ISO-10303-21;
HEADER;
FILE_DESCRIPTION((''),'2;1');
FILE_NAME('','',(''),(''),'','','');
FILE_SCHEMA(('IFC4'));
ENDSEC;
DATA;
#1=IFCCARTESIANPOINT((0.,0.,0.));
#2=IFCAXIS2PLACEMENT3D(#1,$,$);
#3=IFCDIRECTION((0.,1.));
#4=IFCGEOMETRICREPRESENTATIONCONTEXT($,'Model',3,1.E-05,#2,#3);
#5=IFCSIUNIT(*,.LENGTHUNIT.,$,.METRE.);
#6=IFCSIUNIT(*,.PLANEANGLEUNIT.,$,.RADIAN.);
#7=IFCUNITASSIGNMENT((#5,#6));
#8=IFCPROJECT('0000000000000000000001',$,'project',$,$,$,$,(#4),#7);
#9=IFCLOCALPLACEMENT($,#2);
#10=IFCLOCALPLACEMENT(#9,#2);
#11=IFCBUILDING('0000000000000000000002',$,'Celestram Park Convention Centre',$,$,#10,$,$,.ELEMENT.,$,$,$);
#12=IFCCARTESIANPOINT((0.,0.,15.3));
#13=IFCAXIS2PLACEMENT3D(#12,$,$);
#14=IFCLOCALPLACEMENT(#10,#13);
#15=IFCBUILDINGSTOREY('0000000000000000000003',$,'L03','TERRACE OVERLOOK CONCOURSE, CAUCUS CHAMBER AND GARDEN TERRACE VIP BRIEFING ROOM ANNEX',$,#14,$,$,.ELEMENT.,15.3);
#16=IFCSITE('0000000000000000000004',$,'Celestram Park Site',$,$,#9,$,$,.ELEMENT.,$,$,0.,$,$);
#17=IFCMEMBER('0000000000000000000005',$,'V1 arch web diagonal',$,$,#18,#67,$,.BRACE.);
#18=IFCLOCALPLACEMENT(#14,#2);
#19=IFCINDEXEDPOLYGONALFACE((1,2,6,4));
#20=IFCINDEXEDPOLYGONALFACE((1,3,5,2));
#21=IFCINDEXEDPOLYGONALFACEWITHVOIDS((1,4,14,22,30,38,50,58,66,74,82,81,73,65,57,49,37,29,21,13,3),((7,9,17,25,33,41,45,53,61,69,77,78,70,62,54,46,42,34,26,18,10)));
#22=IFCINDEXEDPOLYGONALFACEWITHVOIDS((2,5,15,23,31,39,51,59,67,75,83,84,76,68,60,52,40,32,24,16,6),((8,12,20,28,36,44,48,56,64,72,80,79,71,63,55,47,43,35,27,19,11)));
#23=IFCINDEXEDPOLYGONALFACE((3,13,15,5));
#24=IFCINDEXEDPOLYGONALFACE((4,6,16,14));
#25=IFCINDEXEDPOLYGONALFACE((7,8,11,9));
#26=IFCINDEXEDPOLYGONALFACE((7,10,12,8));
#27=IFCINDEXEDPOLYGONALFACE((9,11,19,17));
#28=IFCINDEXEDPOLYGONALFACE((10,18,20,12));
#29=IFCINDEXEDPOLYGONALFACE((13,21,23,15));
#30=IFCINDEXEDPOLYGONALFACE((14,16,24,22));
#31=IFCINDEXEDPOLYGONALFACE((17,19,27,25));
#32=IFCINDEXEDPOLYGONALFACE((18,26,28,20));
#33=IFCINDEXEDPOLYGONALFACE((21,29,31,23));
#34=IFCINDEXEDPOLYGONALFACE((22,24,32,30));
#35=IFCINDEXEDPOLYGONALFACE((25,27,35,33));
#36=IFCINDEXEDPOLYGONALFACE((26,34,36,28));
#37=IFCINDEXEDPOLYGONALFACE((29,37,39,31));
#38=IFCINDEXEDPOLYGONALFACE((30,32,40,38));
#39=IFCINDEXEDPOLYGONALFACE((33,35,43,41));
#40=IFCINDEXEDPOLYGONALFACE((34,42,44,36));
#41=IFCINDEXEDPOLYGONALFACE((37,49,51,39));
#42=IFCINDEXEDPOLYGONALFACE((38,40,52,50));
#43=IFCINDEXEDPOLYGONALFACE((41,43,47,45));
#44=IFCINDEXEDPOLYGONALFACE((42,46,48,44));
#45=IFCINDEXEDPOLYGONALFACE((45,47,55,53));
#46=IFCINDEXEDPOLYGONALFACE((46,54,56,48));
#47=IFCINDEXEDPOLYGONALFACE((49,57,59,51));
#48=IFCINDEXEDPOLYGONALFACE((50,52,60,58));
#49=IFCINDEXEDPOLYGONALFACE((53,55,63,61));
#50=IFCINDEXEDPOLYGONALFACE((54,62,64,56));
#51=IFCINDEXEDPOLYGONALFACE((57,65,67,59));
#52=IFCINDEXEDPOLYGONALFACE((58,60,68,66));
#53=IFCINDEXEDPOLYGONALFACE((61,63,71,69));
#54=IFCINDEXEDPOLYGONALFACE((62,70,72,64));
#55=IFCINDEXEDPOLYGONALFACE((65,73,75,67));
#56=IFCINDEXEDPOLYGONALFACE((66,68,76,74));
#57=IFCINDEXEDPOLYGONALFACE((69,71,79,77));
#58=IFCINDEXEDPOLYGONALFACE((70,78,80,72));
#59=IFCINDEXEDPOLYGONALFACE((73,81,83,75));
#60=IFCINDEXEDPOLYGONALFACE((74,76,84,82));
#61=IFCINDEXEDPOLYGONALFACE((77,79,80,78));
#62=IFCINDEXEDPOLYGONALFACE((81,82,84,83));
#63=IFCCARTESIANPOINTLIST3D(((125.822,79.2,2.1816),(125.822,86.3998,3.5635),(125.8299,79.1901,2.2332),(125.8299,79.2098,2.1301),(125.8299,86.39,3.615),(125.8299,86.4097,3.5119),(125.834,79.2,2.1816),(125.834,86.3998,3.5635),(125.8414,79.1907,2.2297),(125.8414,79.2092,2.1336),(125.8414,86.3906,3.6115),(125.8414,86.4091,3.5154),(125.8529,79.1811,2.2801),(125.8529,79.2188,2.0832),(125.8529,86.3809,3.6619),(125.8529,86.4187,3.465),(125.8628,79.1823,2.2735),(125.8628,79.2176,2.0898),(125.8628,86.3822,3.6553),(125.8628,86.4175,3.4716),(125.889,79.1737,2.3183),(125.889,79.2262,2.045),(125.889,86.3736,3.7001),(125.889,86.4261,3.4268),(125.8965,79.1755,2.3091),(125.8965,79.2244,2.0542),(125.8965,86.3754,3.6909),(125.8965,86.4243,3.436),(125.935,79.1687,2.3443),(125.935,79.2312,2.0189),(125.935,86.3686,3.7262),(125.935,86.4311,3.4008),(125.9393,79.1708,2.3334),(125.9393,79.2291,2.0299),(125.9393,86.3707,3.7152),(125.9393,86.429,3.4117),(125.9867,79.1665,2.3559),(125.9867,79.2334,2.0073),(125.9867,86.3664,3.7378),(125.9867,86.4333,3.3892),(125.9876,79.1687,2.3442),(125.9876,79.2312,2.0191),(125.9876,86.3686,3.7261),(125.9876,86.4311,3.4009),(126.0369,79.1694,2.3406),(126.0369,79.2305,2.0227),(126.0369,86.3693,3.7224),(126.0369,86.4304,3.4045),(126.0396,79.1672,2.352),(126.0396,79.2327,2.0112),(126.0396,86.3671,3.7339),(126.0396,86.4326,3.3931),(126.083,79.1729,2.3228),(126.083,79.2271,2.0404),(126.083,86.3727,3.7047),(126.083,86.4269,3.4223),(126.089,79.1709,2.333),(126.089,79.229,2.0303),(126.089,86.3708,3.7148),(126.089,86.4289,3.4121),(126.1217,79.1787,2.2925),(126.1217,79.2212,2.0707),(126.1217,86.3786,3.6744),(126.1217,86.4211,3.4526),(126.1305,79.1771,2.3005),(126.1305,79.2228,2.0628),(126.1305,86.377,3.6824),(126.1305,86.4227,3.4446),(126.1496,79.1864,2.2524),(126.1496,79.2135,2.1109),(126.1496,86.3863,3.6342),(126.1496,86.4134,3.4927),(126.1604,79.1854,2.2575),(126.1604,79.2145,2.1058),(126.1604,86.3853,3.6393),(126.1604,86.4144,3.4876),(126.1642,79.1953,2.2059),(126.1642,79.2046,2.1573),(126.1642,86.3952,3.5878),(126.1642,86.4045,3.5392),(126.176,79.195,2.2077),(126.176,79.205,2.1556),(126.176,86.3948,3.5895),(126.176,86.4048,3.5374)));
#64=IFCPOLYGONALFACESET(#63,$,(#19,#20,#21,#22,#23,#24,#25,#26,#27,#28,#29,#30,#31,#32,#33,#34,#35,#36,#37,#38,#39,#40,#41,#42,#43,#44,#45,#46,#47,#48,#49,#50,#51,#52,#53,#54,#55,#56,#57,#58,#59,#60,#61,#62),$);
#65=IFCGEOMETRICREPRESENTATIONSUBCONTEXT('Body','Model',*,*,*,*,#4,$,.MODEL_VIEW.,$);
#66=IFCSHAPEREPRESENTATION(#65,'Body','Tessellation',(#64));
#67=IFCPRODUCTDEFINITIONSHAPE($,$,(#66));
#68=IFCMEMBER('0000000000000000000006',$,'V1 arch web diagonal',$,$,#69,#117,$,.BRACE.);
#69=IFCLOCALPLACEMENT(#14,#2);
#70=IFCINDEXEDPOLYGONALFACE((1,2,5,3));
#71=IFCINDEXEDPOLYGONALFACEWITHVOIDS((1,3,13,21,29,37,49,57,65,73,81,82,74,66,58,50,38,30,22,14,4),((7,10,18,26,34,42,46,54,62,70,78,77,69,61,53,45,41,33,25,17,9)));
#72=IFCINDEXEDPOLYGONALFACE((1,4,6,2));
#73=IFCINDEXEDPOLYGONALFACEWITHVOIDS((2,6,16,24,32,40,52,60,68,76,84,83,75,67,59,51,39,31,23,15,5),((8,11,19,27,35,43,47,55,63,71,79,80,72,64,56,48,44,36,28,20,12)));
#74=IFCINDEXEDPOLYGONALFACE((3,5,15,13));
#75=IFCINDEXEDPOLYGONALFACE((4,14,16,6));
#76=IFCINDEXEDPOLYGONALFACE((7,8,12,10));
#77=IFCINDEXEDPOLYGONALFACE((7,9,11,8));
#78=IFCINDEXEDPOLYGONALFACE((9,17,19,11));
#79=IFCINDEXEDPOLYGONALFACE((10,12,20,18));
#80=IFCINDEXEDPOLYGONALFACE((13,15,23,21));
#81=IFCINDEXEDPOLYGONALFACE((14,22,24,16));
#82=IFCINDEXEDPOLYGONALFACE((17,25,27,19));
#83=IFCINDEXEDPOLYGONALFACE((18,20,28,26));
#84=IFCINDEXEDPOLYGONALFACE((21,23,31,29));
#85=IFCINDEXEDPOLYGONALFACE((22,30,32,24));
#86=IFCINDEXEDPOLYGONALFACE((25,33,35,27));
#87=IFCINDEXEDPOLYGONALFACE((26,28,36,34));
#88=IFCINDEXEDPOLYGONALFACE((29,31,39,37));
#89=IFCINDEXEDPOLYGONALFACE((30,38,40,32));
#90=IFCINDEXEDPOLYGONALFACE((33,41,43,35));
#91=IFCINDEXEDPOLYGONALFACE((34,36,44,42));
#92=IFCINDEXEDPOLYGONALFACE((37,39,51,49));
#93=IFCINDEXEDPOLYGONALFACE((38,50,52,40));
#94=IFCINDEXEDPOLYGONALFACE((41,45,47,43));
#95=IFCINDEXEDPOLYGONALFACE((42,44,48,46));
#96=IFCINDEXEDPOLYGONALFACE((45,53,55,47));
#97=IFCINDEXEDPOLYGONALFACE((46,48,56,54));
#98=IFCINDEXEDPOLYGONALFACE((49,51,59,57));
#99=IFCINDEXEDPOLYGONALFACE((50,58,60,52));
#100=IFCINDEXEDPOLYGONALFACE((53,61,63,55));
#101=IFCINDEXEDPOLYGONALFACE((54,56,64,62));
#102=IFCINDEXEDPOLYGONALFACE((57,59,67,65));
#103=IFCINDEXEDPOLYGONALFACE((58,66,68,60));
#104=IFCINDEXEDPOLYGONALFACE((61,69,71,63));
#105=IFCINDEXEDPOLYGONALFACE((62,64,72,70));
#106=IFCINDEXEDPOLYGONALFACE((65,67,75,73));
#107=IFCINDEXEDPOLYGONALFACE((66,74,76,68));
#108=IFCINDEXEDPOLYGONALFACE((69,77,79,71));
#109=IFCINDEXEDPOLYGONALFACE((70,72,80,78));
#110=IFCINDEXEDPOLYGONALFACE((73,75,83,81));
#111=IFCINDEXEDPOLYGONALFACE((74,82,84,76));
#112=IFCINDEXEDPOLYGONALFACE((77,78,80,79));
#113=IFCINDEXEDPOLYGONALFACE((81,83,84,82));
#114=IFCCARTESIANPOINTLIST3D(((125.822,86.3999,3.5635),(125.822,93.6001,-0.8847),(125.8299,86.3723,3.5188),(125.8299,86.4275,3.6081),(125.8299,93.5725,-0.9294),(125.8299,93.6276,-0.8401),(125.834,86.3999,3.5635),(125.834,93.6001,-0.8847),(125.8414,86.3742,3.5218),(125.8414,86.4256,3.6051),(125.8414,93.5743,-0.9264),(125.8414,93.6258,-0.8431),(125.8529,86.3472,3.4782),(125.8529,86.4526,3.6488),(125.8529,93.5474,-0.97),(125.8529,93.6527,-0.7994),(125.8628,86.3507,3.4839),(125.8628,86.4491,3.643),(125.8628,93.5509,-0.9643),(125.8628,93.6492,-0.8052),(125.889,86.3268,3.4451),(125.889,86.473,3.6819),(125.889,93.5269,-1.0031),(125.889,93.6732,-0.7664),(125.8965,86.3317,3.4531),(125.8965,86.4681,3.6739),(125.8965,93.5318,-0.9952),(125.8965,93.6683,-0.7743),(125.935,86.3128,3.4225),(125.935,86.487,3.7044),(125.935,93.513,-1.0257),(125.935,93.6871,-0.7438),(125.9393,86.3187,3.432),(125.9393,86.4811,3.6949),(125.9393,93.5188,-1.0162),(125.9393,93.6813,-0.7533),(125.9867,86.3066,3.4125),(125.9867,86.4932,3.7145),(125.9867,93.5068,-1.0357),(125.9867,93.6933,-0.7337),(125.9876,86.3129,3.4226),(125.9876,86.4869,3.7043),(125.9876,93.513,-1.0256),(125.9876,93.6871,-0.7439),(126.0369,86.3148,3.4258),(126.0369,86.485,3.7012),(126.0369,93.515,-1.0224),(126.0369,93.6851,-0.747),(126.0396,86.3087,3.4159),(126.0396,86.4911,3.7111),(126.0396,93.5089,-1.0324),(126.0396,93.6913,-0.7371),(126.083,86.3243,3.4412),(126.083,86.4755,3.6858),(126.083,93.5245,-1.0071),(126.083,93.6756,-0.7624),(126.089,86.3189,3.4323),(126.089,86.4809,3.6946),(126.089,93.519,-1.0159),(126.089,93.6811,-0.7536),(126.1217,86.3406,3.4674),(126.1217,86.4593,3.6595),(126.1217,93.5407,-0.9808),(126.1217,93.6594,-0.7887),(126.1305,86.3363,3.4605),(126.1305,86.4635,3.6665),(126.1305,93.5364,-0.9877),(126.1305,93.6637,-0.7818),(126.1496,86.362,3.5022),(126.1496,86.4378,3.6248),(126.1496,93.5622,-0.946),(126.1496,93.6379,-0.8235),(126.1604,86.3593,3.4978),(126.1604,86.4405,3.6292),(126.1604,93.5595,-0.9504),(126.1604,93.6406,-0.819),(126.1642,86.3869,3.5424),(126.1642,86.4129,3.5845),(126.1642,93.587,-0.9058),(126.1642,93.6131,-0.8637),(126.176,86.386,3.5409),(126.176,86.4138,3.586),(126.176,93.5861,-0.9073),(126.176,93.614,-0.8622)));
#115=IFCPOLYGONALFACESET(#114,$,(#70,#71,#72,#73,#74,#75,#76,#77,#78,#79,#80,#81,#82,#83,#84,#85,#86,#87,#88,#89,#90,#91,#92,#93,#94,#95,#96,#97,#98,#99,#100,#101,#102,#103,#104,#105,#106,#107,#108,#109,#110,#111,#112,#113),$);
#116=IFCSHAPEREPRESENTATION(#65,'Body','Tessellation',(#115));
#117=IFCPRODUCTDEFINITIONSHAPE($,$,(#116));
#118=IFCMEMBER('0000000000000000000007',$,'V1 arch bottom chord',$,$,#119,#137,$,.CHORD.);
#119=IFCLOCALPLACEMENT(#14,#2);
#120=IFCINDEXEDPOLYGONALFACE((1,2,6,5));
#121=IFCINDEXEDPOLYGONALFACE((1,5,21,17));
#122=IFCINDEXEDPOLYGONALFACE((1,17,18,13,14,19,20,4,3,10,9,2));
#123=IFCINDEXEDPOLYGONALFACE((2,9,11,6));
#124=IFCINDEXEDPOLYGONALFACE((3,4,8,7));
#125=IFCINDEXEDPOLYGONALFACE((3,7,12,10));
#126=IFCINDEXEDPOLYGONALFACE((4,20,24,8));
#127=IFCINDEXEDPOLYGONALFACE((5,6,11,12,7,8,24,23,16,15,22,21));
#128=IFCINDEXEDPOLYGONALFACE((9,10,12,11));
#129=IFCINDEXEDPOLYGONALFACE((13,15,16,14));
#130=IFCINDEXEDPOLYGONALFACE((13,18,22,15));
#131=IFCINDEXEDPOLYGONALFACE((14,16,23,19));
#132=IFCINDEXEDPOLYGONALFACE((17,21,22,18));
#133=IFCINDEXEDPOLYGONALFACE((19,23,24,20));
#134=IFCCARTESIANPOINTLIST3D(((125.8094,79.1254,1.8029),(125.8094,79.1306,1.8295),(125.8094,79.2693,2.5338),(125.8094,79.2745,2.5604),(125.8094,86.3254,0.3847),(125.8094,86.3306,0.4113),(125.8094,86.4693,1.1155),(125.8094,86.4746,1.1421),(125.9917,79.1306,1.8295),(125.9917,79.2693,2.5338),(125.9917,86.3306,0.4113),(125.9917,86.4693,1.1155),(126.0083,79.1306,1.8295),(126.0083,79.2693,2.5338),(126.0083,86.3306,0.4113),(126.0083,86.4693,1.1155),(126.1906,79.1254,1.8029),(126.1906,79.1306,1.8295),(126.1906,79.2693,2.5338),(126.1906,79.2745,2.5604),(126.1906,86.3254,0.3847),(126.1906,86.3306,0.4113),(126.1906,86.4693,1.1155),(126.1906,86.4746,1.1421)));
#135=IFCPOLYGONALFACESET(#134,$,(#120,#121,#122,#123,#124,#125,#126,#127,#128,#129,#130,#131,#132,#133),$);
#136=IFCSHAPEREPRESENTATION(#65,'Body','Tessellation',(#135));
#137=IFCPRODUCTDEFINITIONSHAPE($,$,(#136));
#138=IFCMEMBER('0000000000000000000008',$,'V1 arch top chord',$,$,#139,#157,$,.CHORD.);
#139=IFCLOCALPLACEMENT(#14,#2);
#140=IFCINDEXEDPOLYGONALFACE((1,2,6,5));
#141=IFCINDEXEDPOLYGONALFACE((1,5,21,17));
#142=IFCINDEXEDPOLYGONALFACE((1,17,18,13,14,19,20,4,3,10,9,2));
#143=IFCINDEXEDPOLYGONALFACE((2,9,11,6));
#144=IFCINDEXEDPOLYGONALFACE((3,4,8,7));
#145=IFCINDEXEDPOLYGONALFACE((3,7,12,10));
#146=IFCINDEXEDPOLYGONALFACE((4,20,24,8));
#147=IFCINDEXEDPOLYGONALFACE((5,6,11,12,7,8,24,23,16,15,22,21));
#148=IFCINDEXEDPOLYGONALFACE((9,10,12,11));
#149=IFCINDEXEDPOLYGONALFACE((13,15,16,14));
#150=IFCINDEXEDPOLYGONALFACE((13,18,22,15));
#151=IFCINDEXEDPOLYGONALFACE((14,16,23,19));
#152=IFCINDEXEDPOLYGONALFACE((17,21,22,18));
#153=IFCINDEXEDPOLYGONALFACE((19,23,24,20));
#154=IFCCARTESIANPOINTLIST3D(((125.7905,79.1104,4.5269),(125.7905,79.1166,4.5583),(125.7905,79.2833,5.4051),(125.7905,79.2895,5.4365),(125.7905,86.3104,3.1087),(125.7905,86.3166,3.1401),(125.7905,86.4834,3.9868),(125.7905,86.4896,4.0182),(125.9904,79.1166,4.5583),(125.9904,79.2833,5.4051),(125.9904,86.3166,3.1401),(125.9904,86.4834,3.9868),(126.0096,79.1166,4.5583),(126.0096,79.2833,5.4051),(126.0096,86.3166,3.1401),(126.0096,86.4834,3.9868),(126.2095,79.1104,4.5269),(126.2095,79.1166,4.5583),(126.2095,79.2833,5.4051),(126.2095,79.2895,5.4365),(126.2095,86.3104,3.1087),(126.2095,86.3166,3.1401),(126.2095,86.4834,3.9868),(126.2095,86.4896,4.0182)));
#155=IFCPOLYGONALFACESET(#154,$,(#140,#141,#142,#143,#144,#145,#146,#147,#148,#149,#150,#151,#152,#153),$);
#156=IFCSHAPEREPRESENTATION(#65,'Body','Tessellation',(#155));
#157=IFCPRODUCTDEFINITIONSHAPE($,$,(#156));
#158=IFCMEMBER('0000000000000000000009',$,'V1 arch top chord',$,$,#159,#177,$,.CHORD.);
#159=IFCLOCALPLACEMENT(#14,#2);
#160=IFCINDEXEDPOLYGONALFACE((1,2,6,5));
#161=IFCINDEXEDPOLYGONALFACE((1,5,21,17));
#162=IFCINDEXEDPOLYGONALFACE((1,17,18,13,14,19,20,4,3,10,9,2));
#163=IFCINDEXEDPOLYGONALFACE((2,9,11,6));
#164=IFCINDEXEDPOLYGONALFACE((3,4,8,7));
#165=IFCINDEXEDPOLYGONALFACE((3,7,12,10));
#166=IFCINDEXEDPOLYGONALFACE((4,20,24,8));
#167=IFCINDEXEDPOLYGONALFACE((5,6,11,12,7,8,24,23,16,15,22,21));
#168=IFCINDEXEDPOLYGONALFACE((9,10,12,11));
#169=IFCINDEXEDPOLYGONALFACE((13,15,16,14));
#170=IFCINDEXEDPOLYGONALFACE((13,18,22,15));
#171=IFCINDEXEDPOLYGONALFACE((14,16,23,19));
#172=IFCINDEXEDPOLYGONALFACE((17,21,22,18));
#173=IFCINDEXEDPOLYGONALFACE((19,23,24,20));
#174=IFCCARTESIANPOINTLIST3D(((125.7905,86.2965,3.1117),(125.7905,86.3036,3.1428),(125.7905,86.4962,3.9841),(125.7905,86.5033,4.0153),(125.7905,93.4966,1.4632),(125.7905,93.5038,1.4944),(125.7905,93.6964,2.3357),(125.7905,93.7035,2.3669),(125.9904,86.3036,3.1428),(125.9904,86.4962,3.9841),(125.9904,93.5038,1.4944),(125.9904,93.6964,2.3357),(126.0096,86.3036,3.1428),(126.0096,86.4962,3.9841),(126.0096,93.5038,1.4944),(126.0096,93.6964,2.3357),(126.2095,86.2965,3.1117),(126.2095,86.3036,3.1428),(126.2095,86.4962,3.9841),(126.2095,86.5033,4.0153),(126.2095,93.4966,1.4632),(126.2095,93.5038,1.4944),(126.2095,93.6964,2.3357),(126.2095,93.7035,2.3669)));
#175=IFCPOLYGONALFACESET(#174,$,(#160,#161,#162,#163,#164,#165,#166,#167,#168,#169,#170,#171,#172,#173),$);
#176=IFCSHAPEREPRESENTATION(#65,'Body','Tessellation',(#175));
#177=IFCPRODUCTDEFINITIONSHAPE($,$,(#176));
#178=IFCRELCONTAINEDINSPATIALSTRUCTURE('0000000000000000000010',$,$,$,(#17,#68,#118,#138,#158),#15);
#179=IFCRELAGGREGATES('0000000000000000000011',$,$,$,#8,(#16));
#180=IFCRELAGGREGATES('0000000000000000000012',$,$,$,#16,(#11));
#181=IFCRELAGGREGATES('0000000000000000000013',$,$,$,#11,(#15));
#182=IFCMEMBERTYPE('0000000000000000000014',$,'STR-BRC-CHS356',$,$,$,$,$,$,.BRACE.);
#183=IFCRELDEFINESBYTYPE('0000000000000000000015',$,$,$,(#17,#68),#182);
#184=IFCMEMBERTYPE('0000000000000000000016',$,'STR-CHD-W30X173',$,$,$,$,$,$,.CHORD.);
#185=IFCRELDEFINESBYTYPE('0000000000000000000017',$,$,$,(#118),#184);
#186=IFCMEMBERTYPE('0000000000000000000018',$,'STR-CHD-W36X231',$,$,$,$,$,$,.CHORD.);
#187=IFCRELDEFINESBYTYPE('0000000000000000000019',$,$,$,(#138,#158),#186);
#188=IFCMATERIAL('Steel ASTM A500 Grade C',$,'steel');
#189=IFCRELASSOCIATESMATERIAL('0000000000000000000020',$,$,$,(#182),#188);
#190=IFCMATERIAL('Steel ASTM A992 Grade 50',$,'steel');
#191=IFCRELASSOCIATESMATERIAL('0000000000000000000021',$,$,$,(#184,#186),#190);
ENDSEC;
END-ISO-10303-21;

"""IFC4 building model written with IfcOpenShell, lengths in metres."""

from ifc_helpers import new_model, si_unit, direction, frame, origin, origin_2d, place, context, subcontext, project, spatial, hollow_circle, i_section, extrude, material, material_profile, profile_set, type_object, element, save


model = new_model("IFC4")

# Units and contexts
model_context = context("Model", 3, precision=1e-05, world=origin(), true_north=direction((0.0, 1.0)))
body_context = subcontext(model_context, "Body", "Model", "MODEL_VIEW")
ifc_project = project(units=[si_unit("LENGTHUNIT", "METRE"), si_unit("PLANEANGLEUNIT", "RADIAN")], contexts=[model_context])

# Site, building, storey
site_placement = place(None, origin())
site = spatial("IfcSite", under=ifc_project, at=site_placement, Name="Celestram Park Site", CompositionType="ELEMENT", RefElevation=0.0)
building_placement = place(site_placement, origin())
building = spatial("IfcBuilding", under=site, at=building_placement, Name="Celestram Park Convention Centre", CompositionType="ELEMENT")
storey_placement = place(building_placement, frame((0.0, 0.0, 15.3)))
storey = spatial("IfcBuildingStorey", under=building, at=storey_placement, Name="L03", Description="TERRACE OVERLOOK CONCOURSE, CAUCUS CHAMBER AND GARDEN TERRACE VIP BRIEFING ROOM ANNEX", CompositionType="ELEMENT", Elevation=15.3)

# Shared definitions
ifc_material_1 = material(Name="Steel ASTM A992 Grade 50", Category="steel")

# Members
ifc_material_2 = material(Name="Steel ASTM A500 Grade C", Category="steel")
ifc_material_profile_1 = material_profile(ifc_material_2, hollow_circle(Radius=0.178, WallThickness=0.012, at=origin_2d()), Name="CHS356X12")
ifc_profile_set_1 = profile_set([ifc_material_profile_1], Name="Steel ASTM A500 Grade C")
member_type_1 = type_object("IfcMemberType", Name="STR-BRC-CHS356", PredefinedType="BRACE", material=ifc_profile_set_1)
member_1_placement = place(storey_placement, frame((126.0, 79.2, 2.1816), z_axis=(0.0, 0.982076, 0.188483), x_axis=(-1.0, 0.0, 0.0)))
element("IfcMember", 1, at=member_1_placement, inside=storey, type_object=member_type_1, Name="V1 arch web diagonal", PredefinedType="BRACE", context=body_context, shape_type="SweptSolid", body=[
    extrude(hollow_circle(Radius=0.178, WallThickness=0.012, at=origin_2d()), origin(), (0.0, 0.0, 1.0), 7.3313),
])
member_2_placement = place(storey_placement, frame((126.0, 86.3999, 3.5635), z_axis=(0.0, 0.850742, -0.525584), x_axis=(-1.0, 0.0, 0.0)))
element("IfcMember", 2, at=member_2_placement, inside=storey, type_object=member_type_1, Name="V1 arch web diagonal", PredefinedType="BRACE", context=body_context, shape_type="SweptSolid", body=[
    extrude(hollow_circle(Radius=0.178, WallThickness=0.012, at=origin_2d()), origin(), (0.0, 0.0, 1.0), 8.4634),
])
ifc_material_profile_2 = material_profile(ifc_material_1, i_section(OverallWidth=0.3811, OverallDepth=0.772, WebThickness=0.0166, FlangeThickness=0.0271, at=origin_2d()), Name="W30X173")
ifc_profile_set_2 = profile_set([ifc_material_profile_2], Name="Steel ASTM A992 Grade 50")
member_type_2 = type_object("IfcMemberType", Name="STR-CHD-W30X173", PredefinedType="CHORD", material=ifc_profile_set_2)
member_3_placement = place(storey_placement, frame((126.0, 79.2, 2.1816), z_axis=(0.0, 0.981147, -0.193262), x_axis=(-1.0, 0.0, 0.0)))
element("IfcMember", 3, at=member_3_placement, inside=storey, type_object=member_type_2, Name="V1 arch bottom chord", PredefinedType="CHORD", context=body_context, shape_type="SweptSolid", body=[
    extrude(i_section(OverallWidth=0.3811, OverallDepth=0.772, WebThickness=0.0166, FlangeThickness=0.0271, at=origin_2d()), origin(), (0.0, 0.0, 1.0), 7.3384),
])
ifc_material_profile_3 = material_profile(ifc_material_1, i_section(OverallWidth=0.4189, OverallDepth=0.927, WebThickness=0.0193, FlangeThickness=0.032, at=origin_2d()), Name="W36X231")
ifc_profile_set_3 = profile_set([ifc_material_profile_3], Name="Steel ASTM A992 Grade 50")
member_type_3 = type_object("IfcMemberType", Name="STR-CHD-W36X231", PredefinedType="CHORD", material=ifc_profile_set_3)
member_4_placement = place(storey_placement, frame((126.0, 79.2, 4.9817), z_axis=(0.0, 0.981147, -0.193262), x_axis=(-1.0, 0.0, 0.0)))
element("IfcMember", 4, at=member_4_placement, inside=storey, type_object=member_type_3, Name="V1 arch top chord", PredefinedType="CHORD", context=body_context, shape_type="SweptSolid", body=[
    extrude(i_section(OverallWidth=0.4189, OverallDepth=0.927, WebThickness=0.0193, FlangeThickness=0.032, at=origin_2d()), origin(), (0.0, 0.0, 1.0), 7.3384),
])
member_5_placement = place(storey_placement, frame((126.0, 86.3999, 3.5635), z_axis=(0.0, 0.97478, -0.223169), x_axis=(-1.0, 0.0, 0.0)))
element("IfcMember", 5, at=member_5_placement, inside=storey, type_object=member_type_3, Name="V1 arch top chord", PredefinedType="CHORD", context=body_context, shape_type="SweptSolid", body=[
    extrude(i_section(OverallWidth=0.4189, OverallDepth=0.927, WebThickness=0.0193, FlangeThickness=0.032, at=origin_2d()), origin(), (0.0, 0.0, 1.0), 7.3865),
])

save(model, "model.ifc")
